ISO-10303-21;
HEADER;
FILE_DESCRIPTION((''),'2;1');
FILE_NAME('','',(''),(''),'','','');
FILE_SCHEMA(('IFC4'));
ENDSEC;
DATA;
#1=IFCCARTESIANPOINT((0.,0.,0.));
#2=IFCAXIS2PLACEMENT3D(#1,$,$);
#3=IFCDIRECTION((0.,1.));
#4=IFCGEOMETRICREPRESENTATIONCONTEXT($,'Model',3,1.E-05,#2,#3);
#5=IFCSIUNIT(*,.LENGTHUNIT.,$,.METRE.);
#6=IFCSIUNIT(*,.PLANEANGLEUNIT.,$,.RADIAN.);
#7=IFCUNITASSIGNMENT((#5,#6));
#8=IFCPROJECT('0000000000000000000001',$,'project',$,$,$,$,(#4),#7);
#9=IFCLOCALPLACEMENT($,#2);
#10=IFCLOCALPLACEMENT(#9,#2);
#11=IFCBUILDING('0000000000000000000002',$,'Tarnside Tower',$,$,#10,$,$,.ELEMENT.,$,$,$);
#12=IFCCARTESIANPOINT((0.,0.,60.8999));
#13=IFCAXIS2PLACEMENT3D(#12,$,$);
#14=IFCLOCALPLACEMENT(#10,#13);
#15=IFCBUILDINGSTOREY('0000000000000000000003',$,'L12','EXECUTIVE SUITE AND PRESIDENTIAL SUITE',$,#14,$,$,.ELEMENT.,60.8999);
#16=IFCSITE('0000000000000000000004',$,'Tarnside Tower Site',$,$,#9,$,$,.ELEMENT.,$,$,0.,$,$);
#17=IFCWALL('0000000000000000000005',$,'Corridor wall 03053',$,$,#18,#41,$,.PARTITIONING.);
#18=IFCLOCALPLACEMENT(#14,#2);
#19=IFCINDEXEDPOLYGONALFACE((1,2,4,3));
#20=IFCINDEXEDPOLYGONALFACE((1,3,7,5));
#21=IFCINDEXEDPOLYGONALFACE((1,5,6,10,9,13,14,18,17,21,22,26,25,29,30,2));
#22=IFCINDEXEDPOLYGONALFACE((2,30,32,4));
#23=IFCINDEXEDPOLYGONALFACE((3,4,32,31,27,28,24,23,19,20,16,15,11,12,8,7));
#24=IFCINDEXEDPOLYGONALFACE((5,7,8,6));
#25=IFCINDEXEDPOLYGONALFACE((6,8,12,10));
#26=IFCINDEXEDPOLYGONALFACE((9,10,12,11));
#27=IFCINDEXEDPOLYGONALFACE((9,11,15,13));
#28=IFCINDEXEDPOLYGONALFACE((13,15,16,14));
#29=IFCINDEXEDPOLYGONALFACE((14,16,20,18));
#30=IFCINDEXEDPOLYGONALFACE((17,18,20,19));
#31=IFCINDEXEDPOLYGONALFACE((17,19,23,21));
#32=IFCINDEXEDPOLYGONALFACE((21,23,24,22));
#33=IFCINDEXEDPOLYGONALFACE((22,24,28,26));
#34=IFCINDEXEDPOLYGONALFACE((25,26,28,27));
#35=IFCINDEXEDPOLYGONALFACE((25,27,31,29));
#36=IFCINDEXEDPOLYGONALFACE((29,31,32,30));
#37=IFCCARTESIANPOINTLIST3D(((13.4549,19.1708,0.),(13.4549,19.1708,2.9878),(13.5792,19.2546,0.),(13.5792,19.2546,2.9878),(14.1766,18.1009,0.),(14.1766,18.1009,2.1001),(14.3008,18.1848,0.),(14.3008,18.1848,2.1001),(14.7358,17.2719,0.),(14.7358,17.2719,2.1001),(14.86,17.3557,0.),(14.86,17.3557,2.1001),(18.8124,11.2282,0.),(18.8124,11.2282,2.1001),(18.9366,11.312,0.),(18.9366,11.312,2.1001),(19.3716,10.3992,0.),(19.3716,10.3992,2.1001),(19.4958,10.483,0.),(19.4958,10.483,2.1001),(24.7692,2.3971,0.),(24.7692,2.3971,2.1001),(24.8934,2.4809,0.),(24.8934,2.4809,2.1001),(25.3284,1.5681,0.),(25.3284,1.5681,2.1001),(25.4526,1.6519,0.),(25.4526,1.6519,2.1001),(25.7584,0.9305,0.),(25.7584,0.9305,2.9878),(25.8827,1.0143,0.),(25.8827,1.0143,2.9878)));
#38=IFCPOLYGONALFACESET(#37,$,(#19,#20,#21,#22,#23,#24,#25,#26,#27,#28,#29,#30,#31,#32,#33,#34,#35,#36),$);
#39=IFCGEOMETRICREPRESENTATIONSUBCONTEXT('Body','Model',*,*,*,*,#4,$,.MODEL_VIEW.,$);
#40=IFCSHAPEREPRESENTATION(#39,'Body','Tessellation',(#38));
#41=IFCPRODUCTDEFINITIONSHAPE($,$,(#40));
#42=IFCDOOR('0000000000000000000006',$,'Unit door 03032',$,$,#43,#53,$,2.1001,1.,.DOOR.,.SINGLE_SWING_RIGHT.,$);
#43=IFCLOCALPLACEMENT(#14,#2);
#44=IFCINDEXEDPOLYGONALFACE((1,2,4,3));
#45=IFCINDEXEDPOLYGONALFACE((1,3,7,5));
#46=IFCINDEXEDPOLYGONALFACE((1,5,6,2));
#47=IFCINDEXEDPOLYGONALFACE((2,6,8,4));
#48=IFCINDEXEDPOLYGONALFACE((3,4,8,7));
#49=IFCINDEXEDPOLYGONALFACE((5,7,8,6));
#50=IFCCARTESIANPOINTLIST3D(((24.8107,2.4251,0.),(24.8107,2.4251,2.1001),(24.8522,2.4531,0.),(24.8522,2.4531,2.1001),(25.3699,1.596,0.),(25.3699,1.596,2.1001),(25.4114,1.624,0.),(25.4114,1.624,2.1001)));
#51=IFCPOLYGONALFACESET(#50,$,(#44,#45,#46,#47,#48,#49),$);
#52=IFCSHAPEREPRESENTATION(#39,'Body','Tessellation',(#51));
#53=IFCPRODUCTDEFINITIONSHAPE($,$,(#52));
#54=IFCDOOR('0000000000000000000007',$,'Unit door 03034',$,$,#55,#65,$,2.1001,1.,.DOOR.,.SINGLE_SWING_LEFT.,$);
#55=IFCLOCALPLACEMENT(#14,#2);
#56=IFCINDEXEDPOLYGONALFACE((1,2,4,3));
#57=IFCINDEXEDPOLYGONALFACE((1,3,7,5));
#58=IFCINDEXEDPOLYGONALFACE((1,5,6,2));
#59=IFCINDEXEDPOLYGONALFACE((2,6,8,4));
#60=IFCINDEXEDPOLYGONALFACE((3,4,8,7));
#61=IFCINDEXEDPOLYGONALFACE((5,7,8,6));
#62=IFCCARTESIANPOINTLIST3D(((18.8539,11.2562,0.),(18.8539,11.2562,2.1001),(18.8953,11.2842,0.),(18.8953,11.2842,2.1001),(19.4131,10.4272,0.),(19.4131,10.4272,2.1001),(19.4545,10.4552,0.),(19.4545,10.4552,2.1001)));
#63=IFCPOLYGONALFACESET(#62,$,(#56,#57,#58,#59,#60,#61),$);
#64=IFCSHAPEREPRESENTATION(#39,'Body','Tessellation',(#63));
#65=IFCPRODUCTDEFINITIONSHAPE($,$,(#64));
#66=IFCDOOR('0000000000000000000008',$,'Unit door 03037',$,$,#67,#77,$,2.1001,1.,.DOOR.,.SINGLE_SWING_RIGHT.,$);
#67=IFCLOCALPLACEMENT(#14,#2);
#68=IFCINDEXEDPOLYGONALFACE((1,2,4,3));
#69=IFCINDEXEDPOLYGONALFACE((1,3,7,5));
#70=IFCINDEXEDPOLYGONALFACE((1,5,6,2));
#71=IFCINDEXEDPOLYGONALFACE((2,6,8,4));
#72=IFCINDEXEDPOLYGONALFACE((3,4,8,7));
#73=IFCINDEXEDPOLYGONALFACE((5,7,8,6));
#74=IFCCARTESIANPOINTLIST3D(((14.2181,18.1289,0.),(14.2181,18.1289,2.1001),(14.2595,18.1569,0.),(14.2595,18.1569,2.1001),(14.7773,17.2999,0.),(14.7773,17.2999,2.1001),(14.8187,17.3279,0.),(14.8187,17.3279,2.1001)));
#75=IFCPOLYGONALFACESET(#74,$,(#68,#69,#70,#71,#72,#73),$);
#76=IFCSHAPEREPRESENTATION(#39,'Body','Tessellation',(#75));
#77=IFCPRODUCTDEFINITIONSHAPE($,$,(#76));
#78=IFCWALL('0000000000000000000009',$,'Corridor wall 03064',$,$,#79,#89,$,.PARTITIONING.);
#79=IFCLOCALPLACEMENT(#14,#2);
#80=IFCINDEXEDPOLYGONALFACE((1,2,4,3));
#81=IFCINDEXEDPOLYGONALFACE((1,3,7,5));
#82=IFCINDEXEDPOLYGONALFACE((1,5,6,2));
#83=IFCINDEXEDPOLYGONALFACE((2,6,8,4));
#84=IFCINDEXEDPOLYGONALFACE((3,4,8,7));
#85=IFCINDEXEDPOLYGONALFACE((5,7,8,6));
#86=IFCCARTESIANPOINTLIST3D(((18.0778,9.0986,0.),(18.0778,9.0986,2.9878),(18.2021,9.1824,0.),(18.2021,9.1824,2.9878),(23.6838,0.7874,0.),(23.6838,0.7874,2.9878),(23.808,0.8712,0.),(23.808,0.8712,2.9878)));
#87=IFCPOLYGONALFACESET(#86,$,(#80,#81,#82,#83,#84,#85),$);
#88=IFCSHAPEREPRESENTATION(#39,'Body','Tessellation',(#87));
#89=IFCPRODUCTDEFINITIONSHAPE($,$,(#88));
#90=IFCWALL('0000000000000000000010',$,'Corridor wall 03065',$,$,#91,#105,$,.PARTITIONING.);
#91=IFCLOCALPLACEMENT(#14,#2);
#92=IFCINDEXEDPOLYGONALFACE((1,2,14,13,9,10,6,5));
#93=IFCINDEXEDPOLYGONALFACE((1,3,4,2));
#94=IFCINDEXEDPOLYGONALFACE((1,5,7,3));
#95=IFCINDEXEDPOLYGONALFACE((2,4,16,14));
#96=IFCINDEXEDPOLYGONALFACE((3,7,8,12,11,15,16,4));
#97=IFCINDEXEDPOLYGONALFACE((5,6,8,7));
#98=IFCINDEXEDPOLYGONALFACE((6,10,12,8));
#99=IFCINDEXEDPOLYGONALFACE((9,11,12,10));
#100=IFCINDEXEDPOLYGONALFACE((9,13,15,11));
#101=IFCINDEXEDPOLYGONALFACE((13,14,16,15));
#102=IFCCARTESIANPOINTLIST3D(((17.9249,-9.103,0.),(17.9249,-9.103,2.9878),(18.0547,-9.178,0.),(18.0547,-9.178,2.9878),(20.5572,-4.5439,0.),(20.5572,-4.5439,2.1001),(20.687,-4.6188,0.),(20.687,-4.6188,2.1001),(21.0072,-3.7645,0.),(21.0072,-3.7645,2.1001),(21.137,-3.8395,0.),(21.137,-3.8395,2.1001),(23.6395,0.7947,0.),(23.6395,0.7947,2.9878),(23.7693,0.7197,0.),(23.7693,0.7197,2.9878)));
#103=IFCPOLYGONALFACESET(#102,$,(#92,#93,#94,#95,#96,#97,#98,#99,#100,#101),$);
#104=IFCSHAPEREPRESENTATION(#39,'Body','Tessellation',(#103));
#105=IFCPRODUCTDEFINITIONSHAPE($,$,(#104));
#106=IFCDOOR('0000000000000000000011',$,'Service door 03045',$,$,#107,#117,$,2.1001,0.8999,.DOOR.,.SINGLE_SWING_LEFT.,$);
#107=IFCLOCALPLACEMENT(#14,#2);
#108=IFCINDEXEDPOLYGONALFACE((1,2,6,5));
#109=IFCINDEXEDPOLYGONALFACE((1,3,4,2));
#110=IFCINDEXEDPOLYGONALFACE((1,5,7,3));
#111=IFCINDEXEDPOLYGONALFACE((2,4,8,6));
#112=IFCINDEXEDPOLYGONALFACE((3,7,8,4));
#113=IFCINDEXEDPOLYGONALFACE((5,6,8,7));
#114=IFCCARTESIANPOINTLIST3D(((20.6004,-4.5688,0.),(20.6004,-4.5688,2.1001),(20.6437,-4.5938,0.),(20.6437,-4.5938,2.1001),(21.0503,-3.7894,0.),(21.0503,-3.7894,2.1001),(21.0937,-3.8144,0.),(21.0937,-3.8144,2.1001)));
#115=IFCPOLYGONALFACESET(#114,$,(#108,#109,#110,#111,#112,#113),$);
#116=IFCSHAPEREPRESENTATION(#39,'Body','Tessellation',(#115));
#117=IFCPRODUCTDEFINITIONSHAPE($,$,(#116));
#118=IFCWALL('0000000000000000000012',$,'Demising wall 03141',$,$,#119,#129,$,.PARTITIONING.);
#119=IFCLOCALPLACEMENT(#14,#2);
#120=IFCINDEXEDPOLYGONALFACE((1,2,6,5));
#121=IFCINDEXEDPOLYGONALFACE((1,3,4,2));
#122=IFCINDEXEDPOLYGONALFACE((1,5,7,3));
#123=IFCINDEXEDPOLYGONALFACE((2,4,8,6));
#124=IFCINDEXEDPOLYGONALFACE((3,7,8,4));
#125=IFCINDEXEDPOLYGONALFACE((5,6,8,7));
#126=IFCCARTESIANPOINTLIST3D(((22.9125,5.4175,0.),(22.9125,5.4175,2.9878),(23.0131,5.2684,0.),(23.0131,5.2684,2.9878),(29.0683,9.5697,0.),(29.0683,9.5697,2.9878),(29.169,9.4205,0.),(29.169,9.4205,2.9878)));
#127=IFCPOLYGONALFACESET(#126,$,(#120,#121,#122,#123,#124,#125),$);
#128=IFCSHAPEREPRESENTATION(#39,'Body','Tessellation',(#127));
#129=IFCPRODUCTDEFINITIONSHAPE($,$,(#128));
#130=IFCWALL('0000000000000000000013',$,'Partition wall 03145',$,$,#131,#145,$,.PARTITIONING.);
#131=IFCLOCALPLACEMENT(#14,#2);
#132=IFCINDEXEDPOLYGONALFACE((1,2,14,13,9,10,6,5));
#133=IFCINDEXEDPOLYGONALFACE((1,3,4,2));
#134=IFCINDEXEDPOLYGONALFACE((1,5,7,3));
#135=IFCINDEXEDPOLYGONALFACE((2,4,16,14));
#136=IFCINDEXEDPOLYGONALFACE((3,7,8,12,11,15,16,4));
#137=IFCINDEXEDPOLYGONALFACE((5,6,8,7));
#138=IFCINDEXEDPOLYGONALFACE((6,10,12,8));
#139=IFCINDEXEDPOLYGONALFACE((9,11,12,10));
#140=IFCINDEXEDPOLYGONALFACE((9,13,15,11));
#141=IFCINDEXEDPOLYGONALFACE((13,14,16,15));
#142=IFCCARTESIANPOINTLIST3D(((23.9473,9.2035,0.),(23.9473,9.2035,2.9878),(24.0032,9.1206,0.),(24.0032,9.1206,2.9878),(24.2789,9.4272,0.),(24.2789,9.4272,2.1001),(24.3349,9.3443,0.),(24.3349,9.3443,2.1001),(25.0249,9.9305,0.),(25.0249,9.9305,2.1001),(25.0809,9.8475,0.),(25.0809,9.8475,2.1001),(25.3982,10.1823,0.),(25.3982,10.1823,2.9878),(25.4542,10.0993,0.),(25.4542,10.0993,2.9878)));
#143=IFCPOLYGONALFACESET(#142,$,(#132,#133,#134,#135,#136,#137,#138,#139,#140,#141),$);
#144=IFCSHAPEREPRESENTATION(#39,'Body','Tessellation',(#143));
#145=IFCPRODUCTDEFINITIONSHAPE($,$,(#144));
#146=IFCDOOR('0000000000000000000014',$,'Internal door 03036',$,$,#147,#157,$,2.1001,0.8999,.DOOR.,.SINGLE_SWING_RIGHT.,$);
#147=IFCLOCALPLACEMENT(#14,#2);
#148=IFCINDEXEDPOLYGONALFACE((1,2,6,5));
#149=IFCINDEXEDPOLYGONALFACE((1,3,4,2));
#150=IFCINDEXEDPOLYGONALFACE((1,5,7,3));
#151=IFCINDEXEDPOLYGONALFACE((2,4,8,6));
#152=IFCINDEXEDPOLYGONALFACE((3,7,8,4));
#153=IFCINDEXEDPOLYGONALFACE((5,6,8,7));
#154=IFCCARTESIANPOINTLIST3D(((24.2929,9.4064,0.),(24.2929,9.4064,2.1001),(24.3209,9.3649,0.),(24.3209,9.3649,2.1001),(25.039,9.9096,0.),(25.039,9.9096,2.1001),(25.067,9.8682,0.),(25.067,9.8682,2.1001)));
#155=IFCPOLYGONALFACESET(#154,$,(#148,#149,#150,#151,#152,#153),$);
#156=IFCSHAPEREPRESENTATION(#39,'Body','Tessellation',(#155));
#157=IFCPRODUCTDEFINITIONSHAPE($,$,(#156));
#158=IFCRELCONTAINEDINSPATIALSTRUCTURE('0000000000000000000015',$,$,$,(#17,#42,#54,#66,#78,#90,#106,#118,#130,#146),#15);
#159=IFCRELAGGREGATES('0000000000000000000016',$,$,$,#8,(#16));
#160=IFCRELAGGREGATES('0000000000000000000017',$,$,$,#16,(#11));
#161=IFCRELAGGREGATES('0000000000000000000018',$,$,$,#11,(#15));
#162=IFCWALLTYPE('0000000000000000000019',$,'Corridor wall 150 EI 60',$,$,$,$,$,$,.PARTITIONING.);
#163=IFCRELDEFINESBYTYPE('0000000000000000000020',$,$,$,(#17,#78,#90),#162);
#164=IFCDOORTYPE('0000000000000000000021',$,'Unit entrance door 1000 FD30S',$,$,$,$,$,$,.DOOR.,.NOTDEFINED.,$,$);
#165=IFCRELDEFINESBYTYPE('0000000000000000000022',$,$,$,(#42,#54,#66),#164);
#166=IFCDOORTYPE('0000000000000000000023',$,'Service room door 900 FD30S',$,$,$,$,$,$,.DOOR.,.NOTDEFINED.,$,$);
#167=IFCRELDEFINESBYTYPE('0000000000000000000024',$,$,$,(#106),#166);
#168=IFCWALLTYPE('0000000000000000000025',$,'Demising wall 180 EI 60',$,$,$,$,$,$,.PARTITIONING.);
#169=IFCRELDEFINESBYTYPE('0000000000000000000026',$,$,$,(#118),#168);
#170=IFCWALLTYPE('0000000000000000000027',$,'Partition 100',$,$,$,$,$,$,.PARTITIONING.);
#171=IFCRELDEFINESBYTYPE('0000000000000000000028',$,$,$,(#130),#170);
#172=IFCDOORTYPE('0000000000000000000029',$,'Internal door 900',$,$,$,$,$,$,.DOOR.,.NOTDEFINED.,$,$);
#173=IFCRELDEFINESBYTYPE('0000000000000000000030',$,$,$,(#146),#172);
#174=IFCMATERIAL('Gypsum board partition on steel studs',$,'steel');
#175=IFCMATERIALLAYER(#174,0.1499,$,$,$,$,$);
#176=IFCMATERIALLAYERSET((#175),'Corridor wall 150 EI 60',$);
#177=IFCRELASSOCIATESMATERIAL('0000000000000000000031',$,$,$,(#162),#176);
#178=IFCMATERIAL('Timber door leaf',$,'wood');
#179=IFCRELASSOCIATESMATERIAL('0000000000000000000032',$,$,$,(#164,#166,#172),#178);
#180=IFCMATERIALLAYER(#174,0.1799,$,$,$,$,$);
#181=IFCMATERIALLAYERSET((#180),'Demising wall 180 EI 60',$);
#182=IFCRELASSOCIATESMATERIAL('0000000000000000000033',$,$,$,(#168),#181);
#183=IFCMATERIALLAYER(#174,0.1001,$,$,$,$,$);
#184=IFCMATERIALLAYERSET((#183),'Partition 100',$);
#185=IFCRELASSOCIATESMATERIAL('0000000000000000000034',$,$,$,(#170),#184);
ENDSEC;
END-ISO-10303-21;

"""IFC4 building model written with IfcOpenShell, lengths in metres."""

from ifc_helpers import new_model, si_unit, direction, frame, frame_2d, origin, place, context, subcontext, project, spatial, rectangle, extrude, material, layer, layer_set, type_object, element, fill, save


model = new_model("IFC4")

# Units and contexts
model_context = context("Model", 3, precision=1e-05, world=origin(), true_north=direction((0.0, 1.0)))
body_context = subcontext(model_context, "Body", "Model", "MODEL_VIEW")
ifc_project = project(units=[si_unit("LENGTHUNIT", "METRE"), si_unit("PLANEANGLEUNIT", "RADIAN")], contexts=[model_context])

# Site, building, storey
site_placement = place(None, origin())
site = spatial("IfcSite", under=ifc_project, at=site_placement, Name="Tarnside Tower Site", CompositionType="ELEMENT", RefElevation=0.0)
building_placement = place(site_placement, origin())
building = spatial("IfcBuilding", under=site, at=building_placement, Name="Tarnside Tower", CompositionType="ELEMENT")
storey_placement = place(building_placement, frame((0.0, 0.0, 60.8999)))
storey = spatial("IfcBuildingStorey", under=building, at=storey_placement, Name="L12", Description="EXECUTIVE SUITE AND PRESIDENTIAL SUITE", CompositionType="ELEMENT", Elevation=60.8999)

# Shared definitions
ifc_material_1 = material(Name="Gypsum board partition on steel studs", Category="steel")

# Shared definitions
ifc_material_2 = material(Name="Timber door leaf", Category="wood")

# Wall, openings, doors
ifc_layer_1 = layer(ifc_material_1, 0.1499)
ifc_layer_set_1 = layer_set([ifc_layer_1], Name="Corridor wall 150 EI 60")
wall_type_1 = type_object("IfcWallType", Name="Corridor wall 150 EI 60", PredefinedType="PARTITIONING", material=ifc_layer_set_1)
wall_1_placement = place(storey_placement, frame((25.8206, 0.9724, 0.0), z_axis=(0.0, 0.0, 1.0), x_axis=(-0.559201, 0.829032, 0.0)))
wall_1 = element("IfcWall", 1, at=wall_1_placement, inside=storey, type_object=wall_type_1, Name="Corridor wall 03053", PredefinedType="PARTITIONING", context=body_context, shape_type="SweptSolid", body=[
    extrude(rectangle(XDim=22.002, YDim=0.1499, at=frame_2d((11.001, 0.0))), origin(), (0.0, 0.0, 1.0), 2.9878),
])
opening_1_placement = place(wall_1_placement, frame((0.769, 0.0, 0.0)))
opening_1 = element("IfcOpeningElement", 2, at=opening_1_placement, cuts=wall_1, PredefinedType="OPENING", context=body_context, shape_type="SweptSolid", body=[
    extrude(rectangle(XDim=1.0, YDim=2.1001, at=frame_2d((0.5, 1.05))), frame((0.0, 0.085, 0.0), z_axis=(0.0, -1.0, 0.0), x_axis=(1.0, 0.0, 0.0)), (0.0, 0.0, 1.0), 0.1699),
])
opening_2_placement = place(wall_1_placement, frame((11.4214, 0.0, 0.0)))
opening_2 = element("IfcOpeningElement", 3, at=opening_2_placement, cuts=wall_1, PredefinedType="OPENING", context=body_context, shape_type="SweptSolid", body=[
    extrude(rectangle(XDim=1.0, YDim=2.1001, at=frame_2d((0.5, 1.05))), frame((0.0, 0.085, 0.0), z_axis=(0.0, -1.0, 0.0), x_axis=(1.0, 0.0, 0.0)), (0.0, 0.0, 1.0), 0.1699),
])
opening_3_placement = place(wall_1_placement, frame((19.7114, 0.0, 0.0)))
opening_3 = element("IfcOpeningElement", 4, at=opening_3_placement, cuts=wall_1, PredefinedType="OPENING", context=body_context, shape_type="SweptSolid", body=[
    extrude(rectangle(XDim=1.0, YDim=2.1001, at=frame_2d((0.5, 1.05))), frame((0.0, 0.085, 0.0), z_axis=(0.0, -1.0, 0.0), x_axis=(1.0, 0.0, 0.0)), (0.0, 0.0, 1.0), 0.1699),
])
door_type_1 = type_object("IfcDoorType", Name="Unit entrance door 1000 FD30S", OperationType="NOTDEFINED", PredefinedType="DOOR", material=ifc_material_2)
door_1_placement = place(opening_1_placement, origin())
door_1 = element("IfcDoor", 5, at=door_1_placement, inside=storey, type_object=door_type_1, Name="Unit door 03032", OperationType="SINGLE_SWING_RIGHT", OverallHeight=2.1001, OverallWidth=1.0, PredefinedType="DOOR", context=body_context, shape_type="SweptSolid", body=[
    extrude(rectangle(XDim=1.0, YDim=2.1001, at=frame_2d((0.5, 1.05))), frame((0.0, 0.0249, 0.0), z_axis=(0.0, -1.0, 0.0), x_axis=(1.0, 0.0, 0.0)), (0.0, 0.0, 1.0), 0.05),
])
fill(opening_1, door_1)
door_2_placement = place(opening_2_placement, origin())
door_2 = element("IfcDoor", 6, at=door_2_placement, inside=storey, type_object=door_type_1, Name="Unit door 03034", OperationType="SINGLE_SWING_LEFT", OverallHeight=2.1001, OverallWidth=1.0, PredefinedType="DOOR", context=body_context, shape_type="SweptSolid", body=[
    extrude(rectangle(XDim=1.0, YDim=2.1001, at=frame_2d((0.5, 1.05))), frame((0.0, 0.0249, 0.0), z_axis=(0.0, -1.0, 0.0), x_axis=(1.0, 0.0, 0.0)), (0.0, 0.0, 1.0), 0.05),
])
fill(opening_2, door_2)
door_3_placement = place(opening_3_placement, origin())
door_3 = element("IfcDoor", 7, at=door_3_placement, inside=storey, type_object=door_type_1, Name="Unit door 03037", OperationType="SINGLE_SWING_RIGHT", OverallHeight=2.1001, OverallWidth=1.0, PredefinedType="DOOR", context=body_context, shape_type="SweptSolid", body=[
    extrude(rectangle(XDim=1.0, YDim=2.1001, at=frame_2d((0.5, 1.05))), frame((0.0, 0.0249, 0.0), z_axis=(0.0, -1.0, 0.0), x_axis=(1.0, 0.0, 0.0)), (0.0, 0.0, 1.0), 0.05),
])
fill(opening_3, door_3)

# Wall
wall_2_placement = place(storey_placement, frame((18.1399, 9.1406, 0.0), z_axis=(0.0, 0.0, 1.0), x_axis=(0.559188, -0.829041, 0.0)))
element("IfcWall", 8, at=wall_2_placement, inside=storey, type_object=wall_type_1, Name="Corridor wall 03064", PredefinedType="PARTITIONING", context=body_context, shape_type="SweptSolid", body=[
    extrude(rectangle(XDim=10.0251, YDim=0.1499, at=frame_2d((5.0127, 0.0))), origin(), (0.0, 0.0, 1.0), 2.9878),
])

# Wall, opening, door
wall_3_placement = place(storey_placement, frame((23.7043, 0.7571, 0.0), z_axis=(0.0, 0.0, 1.0), x_axis=(-0.50001, -0.866019, 0.0)))
wall_3 = element("IfcWall", 9, at=wall_3_placement, inside=storey, type_object=wall_type_1, Name="Corridor wall 03065", PredefinedType="PARTITIONING", context=body_context, shape_type="SweptSolid", body=[
    extrude(rectangle(XDim=11.429, YDim=0.1499, at=frame_2d((5.7144, 0.0))), origin(), (0.0, 0.0, 1.0), 2.9878),
])
opening_4_placement = place(wall_3_placement, frame((5.2644, 0.0, 0.0)))
opening_4 = element("IfcOpeningElement", 10, at=opening_4_placement, cuts=wall_3, PredefinedType="OPENING", context=body_context, shape_type="SweptSolid", body=[
    extrude(rectangle(XDim=0.8999, YDim=2.1001, at=frame_2d((0.45, 1.05))), frame((0.0, 0.085, 0.0), z_axis=(0.0, -1.0, 0.0), x_axis=(1.0, 0.0, 0.0)), (0.0, 0.0, 1.0), 0.1699),
])
door_type_2 = type_object("IfcDoorType", Name="Service room door 900 FD30S", OperationType="NOTDEFINED", PredefinedType="DOOR", material=ifc_material_2)
door_4_placement = place(opening_4_placement, origin())
door_4 = element("IfcDoor", 11, at=door_4_placement, inside=storey, type_object=door_type_2, Name="Service door 03045", OperationType="SINGLE_SWING_LEFT", OverallHeight=2.1001, OverallWidth=0.8999, PredefinedType="DOOR", context=body_context, shape_type="SweptSolid", body=[
    extrude(rectangle(XDim=0.8999, YDim=2.1001, at=frame_2d((0.45, 1.05))), frame((0.0, 0.0249, 0.0), z_axis=(0.0, -1.0, 0.0), x_axis=(1.0, 0.0, 0.0)), (0.0, 0.0, 1.0), 0.05),
])
fill(opening_4, door_4)

# Wall
ifc_layer_2 = layer(ifc_material_1, 0.1799)
ifc_layer_set_2 = layer_set([ifc_layer_2], Name="Demising wall 180 EI 60")
wall_type_2 = type_object("IfcWallType", Name="Demising wall 180 EI 60", PredefinedType="PARTITIONING", material=ifc_layer_set_2)
wall_4_placement = place(storey_placement, frame((29.1187, 9.4951, 0.0), z_axis=(0.0, 0.0, 1.0), x_axis=(-0.829038, -0.559192, 0.0)))
element("IfcWall", 12, at=wall_4_placement, inside=storey, type_object=wall_type_2, Name="Demising wall 03141", PredefinedType="PARTITIONING", context=body_context, shape_type="SweptSolid", body=[
    extrude(rectangle(XDim=7.4253, YDim=0.1799, at=frame_2d((3.7126, 0.0))), origin(), (0.0, 0.0, 1.0), 2.9878),
])

# Wall, opening, door
ifc_layer_3 = layer(ifc_material_1, 0.1001)
ifc_layer_set_3 = layer_set([ifc_layer_3], Name="Partition 100")
wall_type_3 = type_object("IfcWallType", Name="Partition 100", PredefinedType="PARTITIONING", material=ifc_layer_set_3)
wall_5_placement = place(storey_placement, frame((23.9753, 9.1621, 0.0), z_axis=(0.0, 0.0, 1.0), x_axis=(0.829012, 0.559231, 0.0)))
wall_5 = element("IfcWall", 13, at=wall_5_placement, inside=storey, type_object=wall_type_3, Name="Partition wall 03145", PredefinedType="PARTITIONING", context=body_context, shape_type="SweptSolid", body=[
    extrude(rectangle(XDim=1.7502, YDim=0.1001, at=frame_2d((0.875, 0.0))), origin(), (0.0, 0.0, 1.0), 2.9878),
])
opening_5_placement = place(wall_5_placement, frame((0.3999, 0.0, 0.0)))
opening_5 = element("IfcOpeningElement", 14, at=opening_5_placement, cuts=wall_5, PredefinedType="OPENING", context=body_context, shape_type="SweptSolid", body=[
    extrude(rectangle(XDim=0.8999, YDim=2.1001, at=frame_2d((0.45, 1.05))), frame((0.0, 0.0601, 0.0), z_axis=(0.0, -1.0, 0.0), x_axis=(1.0, 0.0, 0.0)), (0.0, 0.0, 1.0), 0.1201),
])
door_type_3 = type_object("IfcDoorType", Name="Internal door 900", OperationType="NOTDEFINED", PredefinedType="DOOR", material=ifc_material_2)
door_5_placement = place(opening_5_placement, origin())
door_5 = element("IfcDoor", 15, at=door_5_placement, inside=storey, type_object=door_type_3, Name="Internal door 03036", OperationType="SINGLE_SWING_RIGHT", OverallHeight=2.1001, OverallWidth=0.8999, PredefinedType="DOOR", context=body_context, shape_type="SweptSolid", body=[
    extrude(rectangle(XDim=0.8999, YDim=2.1001, at=frame_2d((0.45, 1.05))), frame((0.0, 0.0249, 0.0), z_axis=(0.0, -1.0, 0.0), x_axis=(1.0, 0.0, 0.0)), (0.0, 0.0, 1.0), 0.05),
])
fill(opening_5, door_5)

save(model, "model.ifc")
